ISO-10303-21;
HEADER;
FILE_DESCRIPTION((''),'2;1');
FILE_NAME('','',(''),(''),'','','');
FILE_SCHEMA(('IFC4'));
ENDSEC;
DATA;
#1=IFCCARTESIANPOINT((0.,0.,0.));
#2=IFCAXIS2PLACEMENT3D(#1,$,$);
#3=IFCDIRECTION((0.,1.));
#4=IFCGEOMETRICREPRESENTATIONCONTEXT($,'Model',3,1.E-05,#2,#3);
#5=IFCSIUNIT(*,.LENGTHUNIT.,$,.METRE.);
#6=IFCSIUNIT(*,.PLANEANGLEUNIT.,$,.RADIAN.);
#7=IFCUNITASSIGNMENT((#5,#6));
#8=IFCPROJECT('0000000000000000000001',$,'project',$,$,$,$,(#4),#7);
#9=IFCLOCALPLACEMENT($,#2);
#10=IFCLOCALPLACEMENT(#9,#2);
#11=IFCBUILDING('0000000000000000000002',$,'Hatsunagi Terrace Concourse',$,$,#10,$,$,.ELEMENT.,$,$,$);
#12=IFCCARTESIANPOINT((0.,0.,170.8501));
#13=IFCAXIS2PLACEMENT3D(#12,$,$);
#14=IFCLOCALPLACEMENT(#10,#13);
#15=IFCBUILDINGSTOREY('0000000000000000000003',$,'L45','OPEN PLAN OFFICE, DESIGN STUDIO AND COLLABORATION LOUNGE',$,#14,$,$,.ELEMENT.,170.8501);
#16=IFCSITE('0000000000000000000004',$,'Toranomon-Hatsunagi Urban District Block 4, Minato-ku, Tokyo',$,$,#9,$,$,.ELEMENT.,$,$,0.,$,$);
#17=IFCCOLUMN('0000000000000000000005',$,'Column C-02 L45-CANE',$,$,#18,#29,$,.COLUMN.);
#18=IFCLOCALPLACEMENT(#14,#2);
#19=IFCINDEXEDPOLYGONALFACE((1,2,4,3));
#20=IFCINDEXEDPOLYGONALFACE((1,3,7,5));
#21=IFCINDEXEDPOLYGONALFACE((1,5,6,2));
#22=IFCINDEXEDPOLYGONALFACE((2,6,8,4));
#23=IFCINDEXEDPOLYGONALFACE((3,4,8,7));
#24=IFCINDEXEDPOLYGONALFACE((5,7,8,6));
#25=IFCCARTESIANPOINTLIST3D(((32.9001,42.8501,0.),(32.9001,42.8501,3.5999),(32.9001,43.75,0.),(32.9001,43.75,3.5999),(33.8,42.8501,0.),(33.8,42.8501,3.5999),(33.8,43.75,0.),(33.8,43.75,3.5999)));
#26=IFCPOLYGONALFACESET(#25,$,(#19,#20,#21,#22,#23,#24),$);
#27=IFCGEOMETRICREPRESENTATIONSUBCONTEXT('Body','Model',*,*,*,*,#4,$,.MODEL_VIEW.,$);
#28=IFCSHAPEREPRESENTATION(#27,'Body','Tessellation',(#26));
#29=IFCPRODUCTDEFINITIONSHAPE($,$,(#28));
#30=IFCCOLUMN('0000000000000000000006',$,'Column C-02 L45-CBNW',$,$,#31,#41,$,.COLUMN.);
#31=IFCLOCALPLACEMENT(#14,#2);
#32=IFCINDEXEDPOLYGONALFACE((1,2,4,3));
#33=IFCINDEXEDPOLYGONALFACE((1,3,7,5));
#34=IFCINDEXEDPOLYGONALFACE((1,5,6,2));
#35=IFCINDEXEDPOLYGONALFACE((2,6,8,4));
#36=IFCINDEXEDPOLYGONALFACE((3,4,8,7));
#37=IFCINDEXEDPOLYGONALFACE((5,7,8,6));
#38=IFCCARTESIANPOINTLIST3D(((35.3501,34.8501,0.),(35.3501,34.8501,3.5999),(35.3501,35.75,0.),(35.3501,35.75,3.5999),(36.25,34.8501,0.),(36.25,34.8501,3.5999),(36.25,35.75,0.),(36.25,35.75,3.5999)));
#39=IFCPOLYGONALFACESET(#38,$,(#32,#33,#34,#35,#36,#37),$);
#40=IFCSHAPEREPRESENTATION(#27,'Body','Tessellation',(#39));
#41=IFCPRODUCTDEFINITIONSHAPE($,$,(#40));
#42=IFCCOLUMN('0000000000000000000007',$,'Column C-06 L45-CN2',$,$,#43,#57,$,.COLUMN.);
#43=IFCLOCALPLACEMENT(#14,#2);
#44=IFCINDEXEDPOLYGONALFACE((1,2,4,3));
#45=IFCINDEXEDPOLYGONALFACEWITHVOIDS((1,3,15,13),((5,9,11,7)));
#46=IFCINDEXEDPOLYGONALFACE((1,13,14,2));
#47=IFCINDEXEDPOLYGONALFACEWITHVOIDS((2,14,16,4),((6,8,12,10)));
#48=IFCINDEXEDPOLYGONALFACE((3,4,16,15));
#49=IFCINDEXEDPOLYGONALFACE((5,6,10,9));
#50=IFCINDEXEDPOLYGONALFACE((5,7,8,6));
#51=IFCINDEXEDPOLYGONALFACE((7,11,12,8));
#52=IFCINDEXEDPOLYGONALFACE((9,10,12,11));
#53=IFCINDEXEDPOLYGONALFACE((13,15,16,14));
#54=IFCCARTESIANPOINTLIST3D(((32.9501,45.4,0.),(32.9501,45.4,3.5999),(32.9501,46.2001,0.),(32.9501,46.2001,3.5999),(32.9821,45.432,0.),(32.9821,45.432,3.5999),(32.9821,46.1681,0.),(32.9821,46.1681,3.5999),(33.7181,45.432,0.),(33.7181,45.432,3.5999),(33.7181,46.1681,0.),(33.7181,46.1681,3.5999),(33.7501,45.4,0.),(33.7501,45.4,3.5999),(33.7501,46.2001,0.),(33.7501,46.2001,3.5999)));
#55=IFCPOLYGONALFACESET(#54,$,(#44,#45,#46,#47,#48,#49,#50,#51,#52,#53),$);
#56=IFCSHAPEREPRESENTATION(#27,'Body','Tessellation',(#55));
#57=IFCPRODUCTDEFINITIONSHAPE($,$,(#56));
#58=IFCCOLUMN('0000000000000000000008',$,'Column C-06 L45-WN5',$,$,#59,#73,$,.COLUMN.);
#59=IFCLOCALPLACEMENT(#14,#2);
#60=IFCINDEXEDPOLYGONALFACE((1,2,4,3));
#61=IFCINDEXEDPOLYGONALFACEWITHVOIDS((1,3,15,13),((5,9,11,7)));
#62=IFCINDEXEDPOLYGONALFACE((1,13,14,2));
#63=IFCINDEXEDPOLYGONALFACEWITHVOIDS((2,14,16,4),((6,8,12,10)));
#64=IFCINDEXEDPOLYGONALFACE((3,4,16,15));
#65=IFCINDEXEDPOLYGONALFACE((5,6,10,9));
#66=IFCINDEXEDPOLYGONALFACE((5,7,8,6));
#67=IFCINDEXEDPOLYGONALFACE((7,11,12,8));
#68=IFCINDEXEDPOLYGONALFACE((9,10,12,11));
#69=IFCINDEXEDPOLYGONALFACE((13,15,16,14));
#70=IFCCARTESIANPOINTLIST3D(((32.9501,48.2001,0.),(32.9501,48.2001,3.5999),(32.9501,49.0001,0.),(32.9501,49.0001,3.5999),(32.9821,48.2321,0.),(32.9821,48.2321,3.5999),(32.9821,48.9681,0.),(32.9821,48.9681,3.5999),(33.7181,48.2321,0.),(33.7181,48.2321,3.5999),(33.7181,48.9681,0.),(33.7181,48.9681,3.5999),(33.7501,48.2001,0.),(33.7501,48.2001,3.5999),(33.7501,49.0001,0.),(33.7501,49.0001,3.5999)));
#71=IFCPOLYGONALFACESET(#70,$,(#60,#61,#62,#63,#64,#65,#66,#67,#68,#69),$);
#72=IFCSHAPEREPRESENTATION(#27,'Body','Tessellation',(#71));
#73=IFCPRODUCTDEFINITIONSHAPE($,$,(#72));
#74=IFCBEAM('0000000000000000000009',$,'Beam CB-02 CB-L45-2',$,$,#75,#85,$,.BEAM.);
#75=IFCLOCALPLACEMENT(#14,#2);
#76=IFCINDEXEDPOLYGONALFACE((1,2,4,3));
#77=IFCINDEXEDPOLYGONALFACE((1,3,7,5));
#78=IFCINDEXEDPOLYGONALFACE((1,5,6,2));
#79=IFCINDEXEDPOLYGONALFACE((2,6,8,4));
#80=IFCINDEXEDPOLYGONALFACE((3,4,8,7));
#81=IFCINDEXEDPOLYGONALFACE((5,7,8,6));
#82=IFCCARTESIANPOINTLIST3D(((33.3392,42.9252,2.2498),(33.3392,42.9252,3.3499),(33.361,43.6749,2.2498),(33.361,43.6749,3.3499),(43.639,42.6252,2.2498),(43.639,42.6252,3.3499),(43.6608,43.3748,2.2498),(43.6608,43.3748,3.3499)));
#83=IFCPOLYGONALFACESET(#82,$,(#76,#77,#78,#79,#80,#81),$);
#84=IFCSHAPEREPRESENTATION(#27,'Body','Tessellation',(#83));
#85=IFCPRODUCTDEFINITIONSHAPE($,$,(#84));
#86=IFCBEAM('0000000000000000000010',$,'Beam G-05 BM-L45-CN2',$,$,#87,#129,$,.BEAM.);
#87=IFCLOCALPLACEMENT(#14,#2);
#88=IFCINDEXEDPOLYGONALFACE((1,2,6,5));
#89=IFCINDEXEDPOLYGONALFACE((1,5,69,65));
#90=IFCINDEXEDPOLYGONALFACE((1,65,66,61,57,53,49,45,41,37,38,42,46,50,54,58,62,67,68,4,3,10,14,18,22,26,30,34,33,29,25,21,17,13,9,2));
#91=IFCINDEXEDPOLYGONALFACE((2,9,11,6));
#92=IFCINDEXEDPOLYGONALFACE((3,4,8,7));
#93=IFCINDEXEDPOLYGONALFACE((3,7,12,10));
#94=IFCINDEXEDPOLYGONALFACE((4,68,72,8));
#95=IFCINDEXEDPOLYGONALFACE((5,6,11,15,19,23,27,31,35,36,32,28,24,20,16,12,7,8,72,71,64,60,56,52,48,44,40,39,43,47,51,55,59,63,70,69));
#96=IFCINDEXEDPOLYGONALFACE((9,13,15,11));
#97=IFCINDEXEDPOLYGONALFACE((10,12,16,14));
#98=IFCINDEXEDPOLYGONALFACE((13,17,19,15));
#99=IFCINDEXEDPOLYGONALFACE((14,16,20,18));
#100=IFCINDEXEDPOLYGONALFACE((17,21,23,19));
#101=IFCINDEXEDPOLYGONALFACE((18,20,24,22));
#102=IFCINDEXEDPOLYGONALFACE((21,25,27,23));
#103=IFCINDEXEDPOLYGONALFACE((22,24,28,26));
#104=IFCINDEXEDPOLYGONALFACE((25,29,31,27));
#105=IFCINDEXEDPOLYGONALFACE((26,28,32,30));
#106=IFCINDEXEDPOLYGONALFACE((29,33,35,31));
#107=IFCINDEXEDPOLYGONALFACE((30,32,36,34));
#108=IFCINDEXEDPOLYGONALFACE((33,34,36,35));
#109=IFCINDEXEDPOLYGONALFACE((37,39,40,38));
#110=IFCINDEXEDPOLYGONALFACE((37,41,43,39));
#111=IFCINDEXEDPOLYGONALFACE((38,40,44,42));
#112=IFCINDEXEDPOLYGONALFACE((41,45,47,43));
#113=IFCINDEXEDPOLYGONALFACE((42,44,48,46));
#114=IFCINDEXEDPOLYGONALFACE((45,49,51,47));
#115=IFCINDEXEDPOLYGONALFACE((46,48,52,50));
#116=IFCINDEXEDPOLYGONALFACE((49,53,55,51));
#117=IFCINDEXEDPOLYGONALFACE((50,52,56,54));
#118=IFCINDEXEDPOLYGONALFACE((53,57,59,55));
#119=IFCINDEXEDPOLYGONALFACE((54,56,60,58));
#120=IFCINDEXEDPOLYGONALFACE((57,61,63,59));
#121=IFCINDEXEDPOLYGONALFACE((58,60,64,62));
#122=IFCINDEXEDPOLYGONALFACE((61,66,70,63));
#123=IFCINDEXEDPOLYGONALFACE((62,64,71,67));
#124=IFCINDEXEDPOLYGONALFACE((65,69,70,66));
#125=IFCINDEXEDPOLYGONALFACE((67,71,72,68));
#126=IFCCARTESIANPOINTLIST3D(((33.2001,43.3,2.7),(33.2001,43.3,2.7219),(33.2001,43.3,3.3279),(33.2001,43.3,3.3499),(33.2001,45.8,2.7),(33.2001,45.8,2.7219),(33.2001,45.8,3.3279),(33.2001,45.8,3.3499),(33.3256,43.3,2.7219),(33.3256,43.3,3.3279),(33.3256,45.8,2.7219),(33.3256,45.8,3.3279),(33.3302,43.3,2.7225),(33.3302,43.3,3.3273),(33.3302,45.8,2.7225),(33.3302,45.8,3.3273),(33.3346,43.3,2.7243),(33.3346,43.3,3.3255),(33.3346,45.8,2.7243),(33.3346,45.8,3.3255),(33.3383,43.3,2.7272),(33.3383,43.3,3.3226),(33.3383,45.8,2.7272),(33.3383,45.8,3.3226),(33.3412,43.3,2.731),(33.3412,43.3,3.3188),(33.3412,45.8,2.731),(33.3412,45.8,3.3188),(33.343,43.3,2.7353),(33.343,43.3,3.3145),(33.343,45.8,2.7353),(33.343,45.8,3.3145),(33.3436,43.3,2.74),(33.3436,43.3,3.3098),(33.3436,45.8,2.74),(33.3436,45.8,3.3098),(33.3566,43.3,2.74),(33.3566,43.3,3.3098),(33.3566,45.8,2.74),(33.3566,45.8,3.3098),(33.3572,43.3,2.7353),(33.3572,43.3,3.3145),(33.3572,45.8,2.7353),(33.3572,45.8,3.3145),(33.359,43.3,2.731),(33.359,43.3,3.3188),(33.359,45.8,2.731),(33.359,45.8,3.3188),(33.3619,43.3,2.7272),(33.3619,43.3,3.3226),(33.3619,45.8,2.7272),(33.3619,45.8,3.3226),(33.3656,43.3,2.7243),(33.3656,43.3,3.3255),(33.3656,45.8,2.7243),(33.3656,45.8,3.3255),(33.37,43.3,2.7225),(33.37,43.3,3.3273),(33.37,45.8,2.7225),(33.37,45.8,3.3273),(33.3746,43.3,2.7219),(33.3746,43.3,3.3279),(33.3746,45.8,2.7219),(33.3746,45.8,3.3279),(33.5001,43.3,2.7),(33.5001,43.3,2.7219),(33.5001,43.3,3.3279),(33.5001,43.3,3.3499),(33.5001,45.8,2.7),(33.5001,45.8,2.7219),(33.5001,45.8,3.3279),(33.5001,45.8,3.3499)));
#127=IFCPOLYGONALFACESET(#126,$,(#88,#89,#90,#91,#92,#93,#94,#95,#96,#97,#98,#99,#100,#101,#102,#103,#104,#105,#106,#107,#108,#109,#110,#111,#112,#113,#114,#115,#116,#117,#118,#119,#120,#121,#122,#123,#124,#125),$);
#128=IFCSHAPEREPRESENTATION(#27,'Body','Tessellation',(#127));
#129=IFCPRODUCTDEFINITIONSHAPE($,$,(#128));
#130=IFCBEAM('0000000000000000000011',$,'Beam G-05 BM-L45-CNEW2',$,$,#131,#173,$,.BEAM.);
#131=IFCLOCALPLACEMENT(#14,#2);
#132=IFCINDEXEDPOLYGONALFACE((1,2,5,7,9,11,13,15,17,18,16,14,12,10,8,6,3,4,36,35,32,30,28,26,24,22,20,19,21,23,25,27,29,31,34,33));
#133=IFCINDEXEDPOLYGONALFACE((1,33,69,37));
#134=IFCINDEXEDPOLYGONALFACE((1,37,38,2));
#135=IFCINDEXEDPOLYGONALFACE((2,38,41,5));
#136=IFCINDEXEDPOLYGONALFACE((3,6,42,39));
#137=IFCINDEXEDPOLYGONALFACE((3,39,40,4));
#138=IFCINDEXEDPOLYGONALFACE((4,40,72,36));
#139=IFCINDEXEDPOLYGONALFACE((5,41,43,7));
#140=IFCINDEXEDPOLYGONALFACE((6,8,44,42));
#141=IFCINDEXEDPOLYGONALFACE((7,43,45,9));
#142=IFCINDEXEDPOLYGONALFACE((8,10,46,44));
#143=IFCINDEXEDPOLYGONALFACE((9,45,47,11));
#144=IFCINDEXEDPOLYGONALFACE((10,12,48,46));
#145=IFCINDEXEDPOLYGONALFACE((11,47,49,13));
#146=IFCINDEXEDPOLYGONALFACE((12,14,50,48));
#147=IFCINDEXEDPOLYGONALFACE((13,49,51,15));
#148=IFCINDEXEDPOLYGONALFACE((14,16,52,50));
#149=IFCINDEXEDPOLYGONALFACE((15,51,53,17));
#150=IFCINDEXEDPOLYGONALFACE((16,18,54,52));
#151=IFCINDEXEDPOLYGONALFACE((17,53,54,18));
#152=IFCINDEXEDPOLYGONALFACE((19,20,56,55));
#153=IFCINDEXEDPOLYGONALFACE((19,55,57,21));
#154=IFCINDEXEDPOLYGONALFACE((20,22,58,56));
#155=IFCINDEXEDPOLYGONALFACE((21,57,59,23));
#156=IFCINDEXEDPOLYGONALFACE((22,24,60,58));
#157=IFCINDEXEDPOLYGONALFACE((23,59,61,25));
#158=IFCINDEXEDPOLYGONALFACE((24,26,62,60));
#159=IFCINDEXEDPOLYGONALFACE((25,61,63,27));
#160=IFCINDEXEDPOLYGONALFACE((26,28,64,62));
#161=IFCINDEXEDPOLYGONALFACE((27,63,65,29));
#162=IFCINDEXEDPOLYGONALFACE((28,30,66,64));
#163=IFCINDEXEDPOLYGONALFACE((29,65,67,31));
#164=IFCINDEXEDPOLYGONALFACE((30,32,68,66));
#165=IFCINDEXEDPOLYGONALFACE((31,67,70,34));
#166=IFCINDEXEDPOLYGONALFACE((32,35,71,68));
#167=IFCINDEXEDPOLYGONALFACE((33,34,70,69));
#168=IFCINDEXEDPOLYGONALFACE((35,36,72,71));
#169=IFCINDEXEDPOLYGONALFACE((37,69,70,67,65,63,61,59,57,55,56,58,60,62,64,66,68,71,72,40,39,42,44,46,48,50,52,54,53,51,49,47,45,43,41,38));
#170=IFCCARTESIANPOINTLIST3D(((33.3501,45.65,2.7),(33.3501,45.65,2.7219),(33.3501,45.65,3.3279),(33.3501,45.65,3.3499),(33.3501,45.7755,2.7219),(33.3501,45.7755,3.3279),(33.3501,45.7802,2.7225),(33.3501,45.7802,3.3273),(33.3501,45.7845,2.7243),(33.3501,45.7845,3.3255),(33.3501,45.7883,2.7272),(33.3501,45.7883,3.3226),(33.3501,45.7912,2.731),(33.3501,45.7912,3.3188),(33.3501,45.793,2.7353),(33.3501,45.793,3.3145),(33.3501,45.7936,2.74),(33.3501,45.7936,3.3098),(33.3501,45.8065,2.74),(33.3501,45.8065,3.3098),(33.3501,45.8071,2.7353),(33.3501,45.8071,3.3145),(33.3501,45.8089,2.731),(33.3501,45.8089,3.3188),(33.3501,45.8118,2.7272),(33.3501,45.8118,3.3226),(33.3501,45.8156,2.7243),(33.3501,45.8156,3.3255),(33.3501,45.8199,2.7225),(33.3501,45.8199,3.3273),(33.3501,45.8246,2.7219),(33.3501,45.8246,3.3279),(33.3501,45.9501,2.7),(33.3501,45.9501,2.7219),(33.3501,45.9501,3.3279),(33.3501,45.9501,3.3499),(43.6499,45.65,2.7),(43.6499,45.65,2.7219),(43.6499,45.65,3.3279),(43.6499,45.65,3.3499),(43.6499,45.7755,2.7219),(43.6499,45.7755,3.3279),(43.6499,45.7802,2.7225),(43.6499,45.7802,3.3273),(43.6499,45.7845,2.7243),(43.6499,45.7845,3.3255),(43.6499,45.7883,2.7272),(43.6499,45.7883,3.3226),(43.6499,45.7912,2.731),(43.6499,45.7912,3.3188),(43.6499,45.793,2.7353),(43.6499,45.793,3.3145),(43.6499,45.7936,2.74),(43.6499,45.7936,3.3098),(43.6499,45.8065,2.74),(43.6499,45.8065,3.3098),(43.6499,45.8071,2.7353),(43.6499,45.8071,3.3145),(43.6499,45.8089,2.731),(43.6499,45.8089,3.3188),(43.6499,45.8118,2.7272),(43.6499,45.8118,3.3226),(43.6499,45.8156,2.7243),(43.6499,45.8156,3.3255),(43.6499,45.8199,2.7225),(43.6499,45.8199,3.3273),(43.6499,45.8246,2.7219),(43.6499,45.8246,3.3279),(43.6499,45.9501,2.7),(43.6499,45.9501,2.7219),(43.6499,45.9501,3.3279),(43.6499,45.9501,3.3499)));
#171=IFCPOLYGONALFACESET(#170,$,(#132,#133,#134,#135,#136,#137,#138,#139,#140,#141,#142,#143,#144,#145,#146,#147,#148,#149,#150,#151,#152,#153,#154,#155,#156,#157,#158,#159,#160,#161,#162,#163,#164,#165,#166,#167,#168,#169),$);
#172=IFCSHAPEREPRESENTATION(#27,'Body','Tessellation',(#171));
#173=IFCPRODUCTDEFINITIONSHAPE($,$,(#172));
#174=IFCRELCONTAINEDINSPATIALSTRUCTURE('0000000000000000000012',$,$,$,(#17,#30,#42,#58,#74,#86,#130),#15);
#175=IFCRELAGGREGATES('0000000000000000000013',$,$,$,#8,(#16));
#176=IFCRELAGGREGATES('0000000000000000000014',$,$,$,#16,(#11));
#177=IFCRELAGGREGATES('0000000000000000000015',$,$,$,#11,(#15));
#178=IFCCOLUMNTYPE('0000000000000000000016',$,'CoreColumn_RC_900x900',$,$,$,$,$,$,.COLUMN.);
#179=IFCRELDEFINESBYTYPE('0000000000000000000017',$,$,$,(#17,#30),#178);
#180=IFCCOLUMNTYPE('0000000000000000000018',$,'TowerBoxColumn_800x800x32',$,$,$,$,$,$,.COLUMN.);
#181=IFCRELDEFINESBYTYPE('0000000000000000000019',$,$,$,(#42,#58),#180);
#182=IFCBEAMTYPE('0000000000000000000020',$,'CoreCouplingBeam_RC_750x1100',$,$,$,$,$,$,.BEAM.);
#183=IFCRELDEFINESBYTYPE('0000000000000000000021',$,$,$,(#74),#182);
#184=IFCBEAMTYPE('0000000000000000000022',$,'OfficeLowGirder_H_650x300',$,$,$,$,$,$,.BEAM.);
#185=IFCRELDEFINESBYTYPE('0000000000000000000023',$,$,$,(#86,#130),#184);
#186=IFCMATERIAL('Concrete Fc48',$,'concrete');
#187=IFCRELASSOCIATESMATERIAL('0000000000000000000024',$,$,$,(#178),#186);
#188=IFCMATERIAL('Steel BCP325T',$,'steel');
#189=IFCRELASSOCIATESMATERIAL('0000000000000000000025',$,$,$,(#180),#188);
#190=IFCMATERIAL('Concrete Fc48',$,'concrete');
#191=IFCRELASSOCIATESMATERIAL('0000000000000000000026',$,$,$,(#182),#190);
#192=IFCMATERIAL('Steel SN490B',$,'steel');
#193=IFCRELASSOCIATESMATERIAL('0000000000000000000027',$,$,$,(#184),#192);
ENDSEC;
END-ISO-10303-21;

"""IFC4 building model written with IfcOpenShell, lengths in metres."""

from ifc_helpers import new_model, si_unit, direction, frame, origin, origin_2d, place, context, subcontext, project, spatial, rectangle, hollow_rectangle, i_section, extrude, material, material_profile, profile_set, type_object, element, save


model = new_model("IFC4")

# Units and contexts
model_context = context("Model", 3, precision=1e-05, world=origin(), true_north=direction((0.0, 1.0)))
body_context = subcontext(model_context, "Body", "Model", "MODEL_VIEW")
ifc_project = project(units=[si_unit("LENGTHUNIT", "METRE"), si_unit("PLANEANGLEUNIT", "RADIAN")], contexts=[model_context])

# Site, building, storey
site_placement = place(None, origin())
site = spatial("IfcSite", under=ifc_project, at=site_placement, Name="Toranomon-Hatsunagi Urban District Block 4, Minato-ku, Tokyo", CompositionType="ELEMENT", RefElevation=0.0)
building_placement = place(site_placement, origin())
building = spatial("IfcBuilding", under=site, at=building_placement, Name="Hatsunagi Terrace Concourse", CompositionType="ELEMENT")
storey_placement = place(building_placement, frame((0.0, 0.0, 170.8501)))
storey = spatial("IfcBuildingStorey", under=building, at=storey_placement, Name="L45", Description="OPEN PLAN OFFICE, DESIGN STUDIO AND COLLABORATION LOUNGE", CompositionType="ELEMENT", Elevation=170.8501)

# Columns
ifc_material_1 = material(Name="Concrete Fc48", Category="concrete")
ifc_material_profile_1 = material_profile(ifc_material_1, rectangle(XDim=0.8999, YDim=0.8999, at=origin_2d()), Name="RC-900x900")
ifc_profile_set_1 = profile_set([ifc_material_profile_1], Name="Concrete Fc48")
column_type_1 = type_object("IfcColumnType", Name="CoreColumn_RC_900x900", PredefinedType="COLUMN", material=ifc_profile_set_1)
for number, where, z_axis, x_axis, name in (
    (1, (33.3501, 43.3, 0.0), (0.0, 0.0, 1.0), (1.0, 0.0, 0.0), "Column C-02 L45-CANE"),
    (2, (35.8, 35.3, 0.0), (0.0, 0.0, 1.0), (1.0, 0.0, 0.0), "Column C-02 L45-CBNW"),
):
    element("IfcColumn", number, at=place(storey_placement, frame(where, z_axis=z_axis, x_axis=x_axis)), inside=storey, type_object=column_type_1, Name=name, PredefinedType="COLUMN", context=body_context, shape_type="SweptSolid", body=[
        extrude(rectangle(XDim=0.8999, YDim=0.8999, at=origin_2d()), origin(), (0.0, 0.0, 1.0), 3.5999),
    ])
ifc_material_2 = material(Name="Steel BCP325T", Category="steel")
ifc_material_profile_2 = material_profile(ifc_material_2, hollow_rectangle(XDim=0.8, YDim=0.8, WallThickness=0.032, at=origin_2d()), Name="BCP-800x800x32")
ifc_profile_set_2 = profile_set([ifc_material_profile_2], Name="Steel BCP325T")
column_type_2 = type_object("IfcColumnType", Name="TowerBoxColumn_800x800x32", PredefinedType="COLUMN", material=ifc_profile_set_2)
for number, where, z_axis, x_axis, name in (
    (3, (33.3501, 45.8, 0.0), (0.0, 0.0, 1.0), (1.0, 0.0, 0.0), "Column C-06 L45-CN2"),
    (4, (33.3501, 48.6001, 0.0), (0.0, 0.0, 1.0), (1.0, 0.0, 0.0), "Column C-06 L45-WN5"),
):
    element("IfcColumn", number, at=place(storey_placement, frame(where, z_axis=z_axis, x_axis=x_axis)), inside=storey, type_object=column_type_2, Name=name, PredefinedType="COLUMN", context=body_context, shape_type="SweptSolid", body=[
        extrude(hollow_rectangle(XDim=0.8, YDim=0.8, WallThickness=0.032, at=origin_2d()), origin(), (0.0, 0.0, 1.0), 3.5999),
    ])

# Beams
ifc_material_3 = material(Name="Concrete Fc48", Category="concrete")
ifc_material_profile_3 = material_profile(ifc_material_3, rectangle(XDim=0.75, YDim=1.1001, at=origin_2d()), Name="RC-750x1100")
ifc_profile_set_3 = profile_set([ifc_material_profile_3], Name="Concrete Fc48")
beam_type_1 = type_object("IfcBeamType", Name="CoreCouplingBeam_RC_750x1100", PredefinedType="BEAM", material=ifc_profile_set_3)
beam_1_placement = place(storey_placement, frame((33.3501, 43.3, 2.7998), z_axis=(0.999576, -0.029119, 0.0), x_axis=(0.029119, 0.999576, 0.0)))
element("IfcBeam", 5, at=beam_1_placement, inside=storey, type_object=beam_type_1, Name="Beam CB-02 CB-L45-2", PredefinedType="BEAM", context=body_context, shape_type="SweptSolid", body=[
    extrude(rectangle(XDim=0.75, YDim=1.1001, at=origin_2d()), origin(), (0.0, 0.0, 1.0), 10.3042),
])
ifc_material_4 = material(Name="Steel SN490B", Category="steel")
ifc_material_profile_4 = material_profile(ifc_material_4, i_section(OverallWidth=0.3, OverallDepth=0.6499, WebThickness=0.0129, FlangeThickness=0.022, FilletRadius=0.0181, at=origin_2d()), Name="H-650x300x13x22")
ifc_profile_set_4 = profile_set([ifc_material_profile_4], Name="Steel SN490B")
beam_type_2 = type_object("IfcBeamType", Name="OfficeLowGirder_H_650x300", PredefinedType="BEAM", material=ifc_profile_set_4)
beam_2_placement = place(storey_placement, frame((33.3501, 43.3, 3.0249), z_axis=(0.0, 1.0, 0.0), x_axis=(-1.0, 0.0, 0.0)))
element("IfcBeam", 6, at=beam_2_placement, inside=storey, type_object=beam_type_2, Name="Beam G-05 BM-L45-CN2", PredefinedType="BEAM", context=body_context, shape_type="SweptSolid", body=[
    extrude(i_section(OverallWidth=0.3, OverallDepth=0.6499, WebThickness=0.0129, FlangeThickness=0.022, FilletRadius=0.0181, at=origin_2d()), origin(), (0.0, 0.0, 1.0), 2.5),
])
beam_3_placement = place(storey_placement, frame((33.3501, 45.8, 3.0249), z_axis=(1.0, 0.0, 0.0), x_axis=(0.0, 1.0, 0.0)))
element("IfcBeam", 7, at=beam_3_placement, inside=storey, type_object=beam_type_2, Name="Beam G-05 BM-L45-CNEW2", PredefinedType="BEAM", context=body_context, shape_type="SweptSolid", body=[
    extrude(i_section(OverallWidth=0.3, OverallDepth=0.6499, WebThickness=0.0129, FlangeThickness=0.022, FilletRadius=0.0181, at=origin_2d()), origin(), (0.0, 0.0, 1.0), 10.2998),
])

save(model, "model.ifc")
